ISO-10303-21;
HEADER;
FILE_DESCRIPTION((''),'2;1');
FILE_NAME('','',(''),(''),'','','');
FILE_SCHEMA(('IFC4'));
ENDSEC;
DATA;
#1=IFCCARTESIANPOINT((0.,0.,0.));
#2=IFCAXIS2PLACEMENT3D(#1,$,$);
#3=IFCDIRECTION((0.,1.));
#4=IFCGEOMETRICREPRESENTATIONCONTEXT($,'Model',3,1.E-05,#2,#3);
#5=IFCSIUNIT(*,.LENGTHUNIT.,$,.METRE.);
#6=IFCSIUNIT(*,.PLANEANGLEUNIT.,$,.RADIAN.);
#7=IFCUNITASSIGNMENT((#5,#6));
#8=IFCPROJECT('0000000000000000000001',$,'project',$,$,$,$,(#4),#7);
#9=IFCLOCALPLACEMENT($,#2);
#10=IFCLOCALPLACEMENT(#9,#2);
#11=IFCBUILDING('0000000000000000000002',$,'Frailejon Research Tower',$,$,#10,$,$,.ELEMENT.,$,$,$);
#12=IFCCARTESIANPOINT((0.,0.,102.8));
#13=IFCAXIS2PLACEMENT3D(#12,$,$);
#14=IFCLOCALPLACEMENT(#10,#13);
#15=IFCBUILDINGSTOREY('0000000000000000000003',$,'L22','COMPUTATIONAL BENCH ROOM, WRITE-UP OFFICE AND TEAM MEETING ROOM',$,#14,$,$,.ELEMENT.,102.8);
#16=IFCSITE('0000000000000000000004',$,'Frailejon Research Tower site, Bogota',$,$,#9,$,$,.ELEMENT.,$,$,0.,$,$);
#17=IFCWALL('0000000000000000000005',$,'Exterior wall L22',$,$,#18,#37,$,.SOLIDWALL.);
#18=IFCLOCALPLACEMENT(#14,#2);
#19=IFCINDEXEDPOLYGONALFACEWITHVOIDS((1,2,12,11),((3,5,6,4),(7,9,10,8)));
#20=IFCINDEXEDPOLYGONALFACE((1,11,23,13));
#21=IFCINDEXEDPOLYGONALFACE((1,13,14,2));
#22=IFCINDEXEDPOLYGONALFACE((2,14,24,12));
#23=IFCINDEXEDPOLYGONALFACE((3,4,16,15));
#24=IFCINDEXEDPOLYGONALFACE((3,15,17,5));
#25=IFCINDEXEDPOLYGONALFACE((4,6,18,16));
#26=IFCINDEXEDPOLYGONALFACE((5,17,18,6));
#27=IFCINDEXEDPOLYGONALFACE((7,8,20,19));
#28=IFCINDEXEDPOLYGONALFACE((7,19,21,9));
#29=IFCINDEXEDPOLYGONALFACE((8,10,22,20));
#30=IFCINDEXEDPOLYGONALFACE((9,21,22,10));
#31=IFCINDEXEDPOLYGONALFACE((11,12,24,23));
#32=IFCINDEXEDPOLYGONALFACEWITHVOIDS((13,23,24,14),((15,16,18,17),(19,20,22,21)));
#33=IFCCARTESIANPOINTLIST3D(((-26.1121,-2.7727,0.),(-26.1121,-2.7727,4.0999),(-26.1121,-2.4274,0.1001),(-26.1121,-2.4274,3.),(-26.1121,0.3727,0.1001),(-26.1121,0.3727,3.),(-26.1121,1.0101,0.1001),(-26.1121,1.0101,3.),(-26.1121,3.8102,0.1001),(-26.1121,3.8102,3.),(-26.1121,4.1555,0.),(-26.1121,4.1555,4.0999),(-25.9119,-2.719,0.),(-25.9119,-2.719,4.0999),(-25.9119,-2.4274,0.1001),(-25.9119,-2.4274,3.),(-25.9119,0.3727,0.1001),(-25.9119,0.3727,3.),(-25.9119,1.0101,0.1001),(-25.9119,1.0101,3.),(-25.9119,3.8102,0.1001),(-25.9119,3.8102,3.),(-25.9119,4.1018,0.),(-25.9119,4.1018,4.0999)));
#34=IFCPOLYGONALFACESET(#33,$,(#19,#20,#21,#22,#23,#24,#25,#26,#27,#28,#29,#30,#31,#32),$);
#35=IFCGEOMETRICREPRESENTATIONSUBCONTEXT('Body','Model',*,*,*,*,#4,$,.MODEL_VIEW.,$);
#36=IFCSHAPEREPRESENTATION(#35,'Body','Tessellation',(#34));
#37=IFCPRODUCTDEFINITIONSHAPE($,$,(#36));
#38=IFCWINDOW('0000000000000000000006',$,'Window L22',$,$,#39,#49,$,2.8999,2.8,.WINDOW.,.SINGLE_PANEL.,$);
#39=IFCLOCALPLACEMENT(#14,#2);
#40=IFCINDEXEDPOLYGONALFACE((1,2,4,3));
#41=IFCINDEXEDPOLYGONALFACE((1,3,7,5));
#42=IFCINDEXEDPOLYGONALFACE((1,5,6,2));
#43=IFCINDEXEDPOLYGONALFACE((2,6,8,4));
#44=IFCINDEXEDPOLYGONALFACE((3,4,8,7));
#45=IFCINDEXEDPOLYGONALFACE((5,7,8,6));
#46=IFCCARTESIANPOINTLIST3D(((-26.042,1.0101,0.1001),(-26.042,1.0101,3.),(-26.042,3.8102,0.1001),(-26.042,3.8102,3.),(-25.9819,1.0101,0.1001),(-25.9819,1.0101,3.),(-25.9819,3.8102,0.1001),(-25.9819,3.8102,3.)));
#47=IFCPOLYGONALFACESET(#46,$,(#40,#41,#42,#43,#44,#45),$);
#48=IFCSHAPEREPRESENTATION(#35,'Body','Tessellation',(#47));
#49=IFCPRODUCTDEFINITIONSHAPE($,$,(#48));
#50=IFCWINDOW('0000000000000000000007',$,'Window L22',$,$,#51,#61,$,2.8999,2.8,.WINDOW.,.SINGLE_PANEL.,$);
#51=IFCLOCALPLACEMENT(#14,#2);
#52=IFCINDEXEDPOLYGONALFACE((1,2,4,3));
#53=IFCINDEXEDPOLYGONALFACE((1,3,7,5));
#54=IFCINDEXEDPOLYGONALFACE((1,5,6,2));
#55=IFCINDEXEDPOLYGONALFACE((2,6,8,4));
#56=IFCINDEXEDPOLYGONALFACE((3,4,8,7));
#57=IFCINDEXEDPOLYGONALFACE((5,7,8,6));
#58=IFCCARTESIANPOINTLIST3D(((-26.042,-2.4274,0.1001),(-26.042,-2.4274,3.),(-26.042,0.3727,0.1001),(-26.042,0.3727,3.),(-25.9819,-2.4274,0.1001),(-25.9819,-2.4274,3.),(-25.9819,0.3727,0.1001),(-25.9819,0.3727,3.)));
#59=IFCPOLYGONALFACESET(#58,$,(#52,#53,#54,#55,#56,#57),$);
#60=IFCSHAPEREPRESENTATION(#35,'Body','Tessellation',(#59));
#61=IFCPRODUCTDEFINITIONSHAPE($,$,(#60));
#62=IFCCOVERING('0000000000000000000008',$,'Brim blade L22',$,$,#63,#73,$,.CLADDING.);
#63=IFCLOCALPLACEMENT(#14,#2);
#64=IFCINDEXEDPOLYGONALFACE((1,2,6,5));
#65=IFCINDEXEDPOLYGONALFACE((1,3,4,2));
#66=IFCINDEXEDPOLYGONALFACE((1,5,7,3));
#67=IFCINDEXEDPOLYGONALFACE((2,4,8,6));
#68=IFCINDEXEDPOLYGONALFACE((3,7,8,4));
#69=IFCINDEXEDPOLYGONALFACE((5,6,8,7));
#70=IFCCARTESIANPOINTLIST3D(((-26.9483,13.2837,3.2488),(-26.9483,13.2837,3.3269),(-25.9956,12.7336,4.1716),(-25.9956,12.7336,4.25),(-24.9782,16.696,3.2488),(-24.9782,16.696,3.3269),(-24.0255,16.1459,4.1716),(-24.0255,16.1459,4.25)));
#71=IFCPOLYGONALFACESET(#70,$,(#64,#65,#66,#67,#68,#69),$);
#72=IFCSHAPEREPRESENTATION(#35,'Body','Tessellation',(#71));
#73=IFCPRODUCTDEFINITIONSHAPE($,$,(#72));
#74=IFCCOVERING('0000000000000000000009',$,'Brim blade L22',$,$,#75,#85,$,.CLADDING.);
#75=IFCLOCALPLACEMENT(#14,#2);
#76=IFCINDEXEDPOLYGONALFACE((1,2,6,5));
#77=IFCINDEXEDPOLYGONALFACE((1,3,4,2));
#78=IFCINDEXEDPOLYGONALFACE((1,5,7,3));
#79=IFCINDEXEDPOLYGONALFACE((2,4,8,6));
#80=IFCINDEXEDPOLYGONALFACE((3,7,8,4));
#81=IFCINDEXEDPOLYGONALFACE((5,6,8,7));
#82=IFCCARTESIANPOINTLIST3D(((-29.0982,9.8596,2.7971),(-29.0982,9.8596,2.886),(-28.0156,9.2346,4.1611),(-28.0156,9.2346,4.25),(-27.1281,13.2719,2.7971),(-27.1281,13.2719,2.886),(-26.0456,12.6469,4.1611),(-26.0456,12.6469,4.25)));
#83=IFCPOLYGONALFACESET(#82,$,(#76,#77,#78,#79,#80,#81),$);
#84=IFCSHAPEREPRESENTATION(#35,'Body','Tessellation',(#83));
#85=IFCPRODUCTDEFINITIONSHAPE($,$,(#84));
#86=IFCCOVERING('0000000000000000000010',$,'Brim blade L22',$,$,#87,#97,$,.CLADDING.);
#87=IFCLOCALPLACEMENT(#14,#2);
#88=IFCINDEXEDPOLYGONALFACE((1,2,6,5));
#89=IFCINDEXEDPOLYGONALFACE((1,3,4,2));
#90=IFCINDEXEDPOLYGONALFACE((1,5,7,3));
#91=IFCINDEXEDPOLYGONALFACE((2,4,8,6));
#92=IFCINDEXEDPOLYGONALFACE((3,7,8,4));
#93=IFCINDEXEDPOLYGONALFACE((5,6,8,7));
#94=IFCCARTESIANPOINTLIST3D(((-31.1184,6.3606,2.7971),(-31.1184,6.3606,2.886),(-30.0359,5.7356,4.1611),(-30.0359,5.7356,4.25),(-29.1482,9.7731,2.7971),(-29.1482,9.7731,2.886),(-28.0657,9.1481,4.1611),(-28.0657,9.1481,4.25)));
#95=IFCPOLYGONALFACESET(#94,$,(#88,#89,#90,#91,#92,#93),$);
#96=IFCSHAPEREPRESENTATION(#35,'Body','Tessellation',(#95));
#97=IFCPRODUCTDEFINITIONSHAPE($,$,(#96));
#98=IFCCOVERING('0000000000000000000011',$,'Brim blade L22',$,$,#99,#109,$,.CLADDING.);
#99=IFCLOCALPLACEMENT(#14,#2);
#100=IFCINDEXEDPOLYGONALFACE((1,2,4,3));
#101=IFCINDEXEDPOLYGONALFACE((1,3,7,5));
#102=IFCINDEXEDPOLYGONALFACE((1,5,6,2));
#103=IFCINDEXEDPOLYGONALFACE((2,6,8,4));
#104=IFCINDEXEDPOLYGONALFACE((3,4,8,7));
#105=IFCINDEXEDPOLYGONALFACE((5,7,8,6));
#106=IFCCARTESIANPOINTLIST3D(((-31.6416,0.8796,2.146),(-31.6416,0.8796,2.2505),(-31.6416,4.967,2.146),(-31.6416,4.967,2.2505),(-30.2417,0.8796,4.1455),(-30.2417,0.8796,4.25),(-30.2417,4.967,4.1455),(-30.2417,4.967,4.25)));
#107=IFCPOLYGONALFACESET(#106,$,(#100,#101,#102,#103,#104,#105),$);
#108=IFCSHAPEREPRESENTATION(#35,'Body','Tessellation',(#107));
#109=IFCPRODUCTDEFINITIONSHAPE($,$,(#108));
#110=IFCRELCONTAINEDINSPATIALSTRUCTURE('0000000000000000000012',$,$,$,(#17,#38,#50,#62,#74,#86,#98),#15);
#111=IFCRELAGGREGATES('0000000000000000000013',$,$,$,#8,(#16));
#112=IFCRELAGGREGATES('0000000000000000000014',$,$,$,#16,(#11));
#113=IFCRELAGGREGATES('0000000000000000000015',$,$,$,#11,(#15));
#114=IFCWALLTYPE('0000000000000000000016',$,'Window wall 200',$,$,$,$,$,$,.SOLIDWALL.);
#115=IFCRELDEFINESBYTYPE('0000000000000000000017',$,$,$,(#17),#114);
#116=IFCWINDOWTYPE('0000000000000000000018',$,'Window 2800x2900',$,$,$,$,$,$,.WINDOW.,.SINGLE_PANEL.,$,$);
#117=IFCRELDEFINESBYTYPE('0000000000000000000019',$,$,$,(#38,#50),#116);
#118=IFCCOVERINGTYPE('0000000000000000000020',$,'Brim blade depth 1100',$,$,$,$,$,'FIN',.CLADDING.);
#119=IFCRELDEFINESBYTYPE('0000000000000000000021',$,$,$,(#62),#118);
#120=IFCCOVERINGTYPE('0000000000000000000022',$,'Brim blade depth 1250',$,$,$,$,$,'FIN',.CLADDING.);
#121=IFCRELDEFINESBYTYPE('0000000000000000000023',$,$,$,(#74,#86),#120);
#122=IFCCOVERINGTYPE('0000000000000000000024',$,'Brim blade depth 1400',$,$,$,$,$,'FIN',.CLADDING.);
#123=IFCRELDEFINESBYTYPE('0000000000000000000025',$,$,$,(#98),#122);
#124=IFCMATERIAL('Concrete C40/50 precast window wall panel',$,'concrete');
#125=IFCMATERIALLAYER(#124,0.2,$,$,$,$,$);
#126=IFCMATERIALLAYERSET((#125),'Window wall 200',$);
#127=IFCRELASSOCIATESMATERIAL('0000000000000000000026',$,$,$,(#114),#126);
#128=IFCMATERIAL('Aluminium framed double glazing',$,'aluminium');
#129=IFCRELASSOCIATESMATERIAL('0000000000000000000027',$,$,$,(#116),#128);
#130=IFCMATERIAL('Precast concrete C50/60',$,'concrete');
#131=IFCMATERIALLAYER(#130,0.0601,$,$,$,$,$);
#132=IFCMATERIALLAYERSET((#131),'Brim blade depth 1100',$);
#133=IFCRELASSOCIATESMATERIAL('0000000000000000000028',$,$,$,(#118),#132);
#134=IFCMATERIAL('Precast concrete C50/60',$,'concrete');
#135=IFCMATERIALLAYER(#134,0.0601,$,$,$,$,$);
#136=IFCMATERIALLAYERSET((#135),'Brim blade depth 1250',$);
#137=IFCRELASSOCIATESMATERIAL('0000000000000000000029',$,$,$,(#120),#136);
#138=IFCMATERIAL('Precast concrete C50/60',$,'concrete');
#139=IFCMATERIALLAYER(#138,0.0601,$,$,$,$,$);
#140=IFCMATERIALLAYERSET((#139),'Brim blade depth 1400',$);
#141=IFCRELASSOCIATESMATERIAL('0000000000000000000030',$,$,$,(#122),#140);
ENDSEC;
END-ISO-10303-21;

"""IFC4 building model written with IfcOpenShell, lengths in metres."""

from ifc_helpers import new_model, si_unit, direction, frame, frame_2d, origin, place, context, subcontext, project, spatial, polyline, rectangle, outline, extrude, material, layer, layer_set, type_object, element, fill, save


model = new_model("IFC4")

# Units and contexts
model_context = context("Model", 3, precision=1e-05, world=origin(), true_north=direction((0.0, 1.0)))
body_context = subcontext(model_context, "Body", "Model", "MODEL_VIEW")
ifc_project = project(units=[si_unit("LENGTHUNIT", "METRE"), si_unit("PLANEANGLEUNIT", "RADIAN")], contexts=[model_context])

# Site, building, storey
site_placement = place(None, origin())
site = spatial("IfcSite", under=ifc_project, at=site_placement, Name="Frailejon Research Tower site, Bogota", CompositionType="ELEMENT", RefElevation=0.0)
building_placement = place(site_placement, origin())
building = spatial("IfcBuilding", under=site, at=building_placement, Name="Frailejon Research Tower", CompositionType="ELEMENT")
storey_placement = place(building_placement, frame((0.0, 0.0, 102.8)))
storey = spatial("IfcBuildingStorey", under=building, at=storey_placement, Name="L22", Description="COMPUTATIONAL BENCH ROOM, WRITE-UP OFFICE AND TEAM MEETING ROOM", CompositionType="ELEMENT", Elevation=102.8)

# Wall, openings, windows
ifc_material_1 = material(Name="Concrete C40/50 precast window wall panel", Category="concrete")
ifc_layer_1 = layer(ifc_material_1, 0.2)
ifc_layer_set_1 = layer_set([ifc_layer_1], Name="Window wall 200")
wall_type_1 = type_object("IfcWallType", Name="Window wall 200", PredefinedType="SOLIDWALL", material=ifc_layer_set_1)
wall_1_placement = place(storey_placement, frame((-26.012, 4.1287, 0.0), z_axis=(0.0, 0.0, 1.0), x_axis=(0.0, -1.0, 0.0)))
wall_1 = element("IfcWall", 1, at=wall_1_placement, inside=storey, type_object=wall_type_1, Name="Exterior wall L22", PredefinedType="SOLIDWALL", context=body_context, shape_type="SweptSolid", body=[
    extrude(outline(polyline([(-0.0269, -0.1001), (1.1279, -0.1001), (2.2825, -0.1001), (3.4373, -0.1001), (4.592, -0.1001), (5.7466, -0.1001), (6.9014, -0.1001), (6.8477, 0.1001), (5.7109, 0.1001), (4.574, 0.1001), (3.4373, 0.1001), (2.3005, 0.1001), (1.1636, 0.1001), (0.0269, 0.1001), (-0.0269, -0.1001)])), origin(), (0.0, 0.0, 1.0), 4.0999),
])
opening_1_placement = place(wall_1_placement, frame((0.3186, 0.0, 0.1001)))
opening_1 = element("IfcOpeningElement", 2, at=opening_1_placement, cuts=wall_1, PredefinedType="OPENING", context=body_context, shape_type="SweptSolid", body=[
    extrude(rectangle(XDim=2.8, YDim=2.8999, at=frame_2d((1.3999, 1.45))), frame((0.0, 0.1099, 0.0), z_axis=(0.0, -1.0, 0.0), x_axis=(1.0, 0.0, 0.0)), (0.0, 0.0, 1.0), 0.22),
])
opening_2_placement = place(wall_1_placement, frame((3.7561, 0.0, 0.1001)))
opening_2 = element("IfcOpeningElement", 3, at=opening_2_placement, cuts=wall_1, PredefinedType="OPENING", context=body_context, shape_type="SweptSolid", body=[
    extrude(rectangle(XDim=2.8, YDim=2.8999, at=frame_2d((1.3999, 1.45))), frame((0.0, 0.1099, 0.0), z_axis=(0.0, -1.0, 0.0), x_axis=(1.0, 0.0, 0.0)), (0.0, 0.0, 1.0), 0.22),
])
ifc_material_2 = material(Name="Aluminium framed double glazing", Category="aluminium")
window_type = type_object("IfcWindowType", Name="Window 2800x2900", PartitioningType="SINGLE_PANEL", PredefinedType="WINDOW", material=ifc_material_2)
window_1_placement = place(opening_1_placement, origin())
window_1 = element("IfcWindow", 4, at=window_1_placement, inside=storey, type_object=window_type, Name="Window L22", OverallHeight=2.8999, OverallWidth=2.8, PartitioningType="SINGLE_PANEL", PredefinedType="WINDOW", context=body_context, shape_type="SweptSolid", body=[
    extrude(rectangle(XDim=2.8, YDim=2.8999, at=frame_2d((1.3999, 1.45))), frame((0.0, 0.03, 0.0), z_axis=(0.0, -1.0, 0.0), x_axis=(1.0, 0.0, 0.0)), (0.0, 0.0, 1.0), 0.0601),
])
fill(opening_1, window_1)
window_2_placement = place(opening_2_placement, origin())
window_2 = element("IfcWindow", 5, at=window_2_placement, inside=storey, type_object=window_type, Name="Window L22", OverallHeight=2.8999, OverallWidth=2.8, PartitioningType="SINGLE_PANEL", PredefinedType="WINDOW", context=body_context, shape_type="SweptSolid", body=[
    extrude(rectangle(XDim=2.8, YDim=2.8999, at=frame_2d((1.3999, 1.45))), frame((0.0, 0.03, 0.0), z_axis=(0.0, -1.0, 0.0), x_axis=(1.0, 0.0, 0.0)), (0.0, 0.0, 1.0), 0.0601),
])
fill(opening_2, window_2)

# Coverings
ifc_material_3 = material(Name="Precast concrete C50/60", Category="concrete")
ifc_layer_2 = layer(ifc_material_3, 0.0601)
ifc_layer_set_2 = layer_set([ifc_layer_2], Name="Brim blade depth 1100")
covering_type_1 = type_object("IfcCoveringType", Name="Brim blade depth 1100", ElementType="FIN", PredefinedType="CLADDING", material=ifc_layer_set_2)
covering_1_placement = place(storey_placement, frame((-25.9956, 12.7336, 4.25), z_axis=(0.50001, 0.86602, 0.0), x_axis=(-0.86602, 0.50001, 0.0)))
element("IfcCovering", 6, at=covering_1_placement, inside=storey, type_object=covering_type_1, Name="Brim blade L22", PredefinedType="CLADDING", context=body_context, shape_type="SweptSolid", body=[
    extrude(outline(polyline([(0.0, -0.0784), (1.1001, -1.0012), (1.1001, -0.9231), (0.0, 0.0), (0.0, -0.0784)])), origin(), (0.0, 0.0, 1.0), 3.9402),
])
ifc_material_4 = material(Name="Precast concrete C50/60", Category="concrete")
ifc_layer_3 = layer(ifc_material_4, 0.0601)
ifc_layer_set_3 = layer_set([ifc_layer_3], Name="Brim blade depth 1250")
covering_type_2 = type_object("IfcCoveringType", Name="Brim blade depth 1250", ElementType="FIN", PredefinedType="CLADDING", material=ifc_layer_set_3)
covering_2_placement = place(storey_placement, frame((-28.0156, 9.2346, 4.25), z_axis=(0.499991, 0.866031, 0.0), x_axis=(-0.866031, 0.499991, 0.0)))
element("IfcCovering", 7, at=covering_2_placement, inside=storey, type_object=covering_type_2, Name="Brim blade L22", PredefinedType="CLADDING", context=body_context, shape_type="SweptSolid", body=[
    extrude(outline(polyline([(0.0, -0.0889), (1.25, -1.4529), (1.25, -1.364), (0.0, 0.0), (0.0, -0.0889)])), origin(), (0.0, 0.0, 1.0), 3.9402),
])
covering_3_placement = place(storey_placement, frame((-30.0359, 5.7356, 4.25), z_axis=(0.499999, 0.866026, 0.0), x_axis=(-0.866026, 0.499999, 0.0)))
element("IfcCovering", 8, at=covering_3_placement, inside=storey, type_object=covering_type_2, Name="Brim blade L22", PredefinedType="CLADDING", context=body_context, shape_type="SweptSolid", body=[
    extrude(outline(polyline([(0.0, -0.0889), (1.25, -1.4529), (1.25, -1.364), (0.0, 0.0), (0.0, -0.0889)])), origin(), (0.0, 0.0, 1.0), 3.9404),
])
ifc_material_5 = material(Name="Precast concrete C50/60", Category="concrete")
ifc_layer_4 = layer(ifc_material_5, 0.0601)
ifc_layer_set_4 = layer_set([ifc_layer_4], Name="Brim blade depth 1400")
covering_type_3 = type_object("IfcCoveringType", Name="Brim blade depth 1400", ElementType="FIN", PredefinedType="CLADDING", material=ifc_layer_set_4)
covering_4_placement = place(storey_placement, frame((-30.2417, 0.8796, 4.25), z_axis=(0.0, 1.0, 0.0), x_axis=(-1.0, 0.0, 0.0)))
element("IfcCovering", 9, at=covering_4_placement, inside=storey, type_object=covering_type_3, Name="Brim blade L22", PredefinedType="CLADDING", context=body_context, shape_type="SweptSolid", body=[
    extrude(outline(polyline([(0.0, -0.1045), (1.3999, -2.104), (1.3999, -1.9995), (0.0, 0.0), (0.0, -0.1045)])), origin(), (0.0, 0.0, 1.0), 4.0874),
])

save(model, "model.ifc")
